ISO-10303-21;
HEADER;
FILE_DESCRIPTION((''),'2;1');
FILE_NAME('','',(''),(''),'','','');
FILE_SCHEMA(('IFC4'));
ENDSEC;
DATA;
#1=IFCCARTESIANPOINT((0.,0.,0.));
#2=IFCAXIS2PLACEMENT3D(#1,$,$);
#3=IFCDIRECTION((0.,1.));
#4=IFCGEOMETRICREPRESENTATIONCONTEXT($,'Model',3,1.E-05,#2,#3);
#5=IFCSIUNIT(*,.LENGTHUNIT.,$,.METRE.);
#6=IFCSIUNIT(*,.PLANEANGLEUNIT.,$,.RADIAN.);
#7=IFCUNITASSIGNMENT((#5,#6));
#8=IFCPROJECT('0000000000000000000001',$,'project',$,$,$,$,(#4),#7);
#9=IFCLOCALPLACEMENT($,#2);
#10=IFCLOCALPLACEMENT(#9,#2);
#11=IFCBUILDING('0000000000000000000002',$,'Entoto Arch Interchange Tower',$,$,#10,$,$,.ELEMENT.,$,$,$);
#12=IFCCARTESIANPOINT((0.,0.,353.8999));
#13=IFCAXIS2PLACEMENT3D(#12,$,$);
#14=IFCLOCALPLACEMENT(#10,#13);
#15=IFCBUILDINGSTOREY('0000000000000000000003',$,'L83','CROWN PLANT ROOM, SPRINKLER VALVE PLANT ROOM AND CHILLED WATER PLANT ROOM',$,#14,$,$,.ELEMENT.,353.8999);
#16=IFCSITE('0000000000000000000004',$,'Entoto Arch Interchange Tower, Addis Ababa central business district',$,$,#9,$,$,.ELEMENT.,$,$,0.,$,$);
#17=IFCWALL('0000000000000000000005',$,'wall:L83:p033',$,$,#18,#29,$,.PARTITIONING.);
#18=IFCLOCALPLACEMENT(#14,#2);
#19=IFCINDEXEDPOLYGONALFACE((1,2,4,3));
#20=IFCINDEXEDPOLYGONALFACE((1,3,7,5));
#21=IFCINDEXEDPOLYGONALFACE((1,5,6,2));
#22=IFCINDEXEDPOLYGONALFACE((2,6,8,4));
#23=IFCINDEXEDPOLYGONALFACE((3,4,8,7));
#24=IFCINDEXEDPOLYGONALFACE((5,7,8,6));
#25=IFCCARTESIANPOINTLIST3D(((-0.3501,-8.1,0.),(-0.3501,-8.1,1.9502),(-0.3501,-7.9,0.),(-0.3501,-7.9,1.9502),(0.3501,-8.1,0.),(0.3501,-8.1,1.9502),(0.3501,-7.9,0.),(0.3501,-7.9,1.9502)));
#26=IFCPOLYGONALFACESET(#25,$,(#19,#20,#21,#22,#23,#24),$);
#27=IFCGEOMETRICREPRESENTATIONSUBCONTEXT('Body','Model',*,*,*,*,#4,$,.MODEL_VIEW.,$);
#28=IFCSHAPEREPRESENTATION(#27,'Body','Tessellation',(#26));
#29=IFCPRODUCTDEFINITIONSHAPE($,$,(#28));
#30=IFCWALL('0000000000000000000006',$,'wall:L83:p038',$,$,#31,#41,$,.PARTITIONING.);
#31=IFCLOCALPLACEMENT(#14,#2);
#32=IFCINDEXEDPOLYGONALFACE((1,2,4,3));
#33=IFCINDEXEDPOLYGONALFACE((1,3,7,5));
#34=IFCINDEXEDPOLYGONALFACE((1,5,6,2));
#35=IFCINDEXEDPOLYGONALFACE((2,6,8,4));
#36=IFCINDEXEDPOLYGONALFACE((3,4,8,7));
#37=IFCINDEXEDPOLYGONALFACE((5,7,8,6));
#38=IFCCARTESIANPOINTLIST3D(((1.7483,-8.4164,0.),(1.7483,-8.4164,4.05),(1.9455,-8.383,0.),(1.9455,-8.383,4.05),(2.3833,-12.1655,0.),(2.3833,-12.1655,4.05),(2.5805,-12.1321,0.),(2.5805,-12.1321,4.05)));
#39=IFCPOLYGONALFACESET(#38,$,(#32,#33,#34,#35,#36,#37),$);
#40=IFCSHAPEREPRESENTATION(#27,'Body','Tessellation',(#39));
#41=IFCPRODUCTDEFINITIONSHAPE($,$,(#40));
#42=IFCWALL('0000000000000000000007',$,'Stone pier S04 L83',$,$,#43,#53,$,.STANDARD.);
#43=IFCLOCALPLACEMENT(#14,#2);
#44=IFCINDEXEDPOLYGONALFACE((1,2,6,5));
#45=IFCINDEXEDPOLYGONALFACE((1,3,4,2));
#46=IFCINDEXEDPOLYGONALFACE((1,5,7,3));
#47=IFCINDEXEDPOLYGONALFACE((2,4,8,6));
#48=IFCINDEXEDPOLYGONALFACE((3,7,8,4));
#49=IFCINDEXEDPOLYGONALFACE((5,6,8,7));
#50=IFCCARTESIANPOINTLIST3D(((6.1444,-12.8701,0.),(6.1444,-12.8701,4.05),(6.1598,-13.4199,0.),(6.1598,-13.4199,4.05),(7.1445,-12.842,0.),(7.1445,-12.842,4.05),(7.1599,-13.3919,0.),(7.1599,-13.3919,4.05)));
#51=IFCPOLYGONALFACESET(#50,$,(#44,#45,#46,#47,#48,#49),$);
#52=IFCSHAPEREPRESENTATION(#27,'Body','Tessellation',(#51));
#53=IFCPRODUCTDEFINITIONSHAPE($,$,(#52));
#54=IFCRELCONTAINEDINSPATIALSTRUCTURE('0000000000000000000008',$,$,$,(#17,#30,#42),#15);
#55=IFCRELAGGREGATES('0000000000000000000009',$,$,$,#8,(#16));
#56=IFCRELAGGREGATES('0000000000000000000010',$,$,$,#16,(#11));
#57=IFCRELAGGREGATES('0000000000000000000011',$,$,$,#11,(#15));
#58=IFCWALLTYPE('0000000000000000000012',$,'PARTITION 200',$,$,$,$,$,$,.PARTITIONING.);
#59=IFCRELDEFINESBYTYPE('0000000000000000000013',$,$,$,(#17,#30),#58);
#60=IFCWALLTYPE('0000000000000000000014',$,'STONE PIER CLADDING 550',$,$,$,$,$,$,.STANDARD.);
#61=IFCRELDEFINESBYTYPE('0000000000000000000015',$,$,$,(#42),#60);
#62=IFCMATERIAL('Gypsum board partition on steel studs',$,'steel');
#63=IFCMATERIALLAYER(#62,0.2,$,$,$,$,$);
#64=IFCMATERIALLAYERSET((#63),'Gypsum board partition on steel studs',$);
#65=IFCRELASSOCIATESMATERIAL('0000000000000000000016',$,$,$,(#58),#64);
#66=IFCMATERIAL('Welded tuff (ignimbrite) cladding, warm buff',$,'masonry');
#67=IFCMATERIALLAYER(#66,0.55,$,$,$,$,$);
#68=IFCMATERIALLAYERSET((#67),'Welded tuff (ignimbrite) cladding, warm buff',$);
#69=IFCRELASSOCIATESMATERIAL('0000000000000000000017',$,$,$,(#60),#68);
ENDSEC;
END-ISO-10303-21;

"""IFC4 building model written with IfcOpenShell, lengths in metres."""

from ifc_helpers import new_model, si_unit, direction, frame, frame_2d, origin, place, context, subcontext, project, spatial, rectangle, extrude, material, layer, layer_set, type_object, element, save


model = new_model("IFC4")

# Units and contexts
model_context = context("Model", 3, precision=1e-05, world=origin(), true_north=direction((0.0, 1.0)))
body_context = subcontext(model_context, "Body", "Model", "MODEL_VIEW")
ifc_project = project(units=[si_unit("LENGTHUNIT", "METRE"), si_unit("PLANEANGLEUNIT", "RADIAN")], contexts=[model_context])

# Site, building, storey
site_placement = place(None, origin())
site = spatial("IfcSite", under=ifc_project, at=site_placement, Name="Entoto Arch Interchange Tower, Addis Ababa central business district", CompositionType="ELEMENT", RefElevation=0.0)
building_placement = place(site_placement, origin())
building = spatial("IfcBuilding", under=site, at=building_placement, Name="Entoto Arch Interchange Tower", CompositionType="ELEMENT")
storey_placement = place(building_placement, frame((0.0, 0.0, 353.8999)))
storey = spatial("IfcBuildingStorey", under=building, at=storey_placement, Name="L83", Description="CROWN PLANT ROOM, SPRINKLER VALVE PLANT ROOM AND CHILLED WATER PLANT ROOM", CompositionType="ELEMENT", Elevation=353.8999)

# Shared definitions
ifc_material_1 = material(Name="Gypsum board partition on steel studs", Category="steel")
ifc_layer_1 = layer(ifc_material_1, 0.2)
ifc_layer_set_1 = layer_set([ifc_layer_1], Name="Gypsum board partition on steel studs")
wall_type_1 = type_object("IfcWallType", Name="PARTITION 200", PredefinedType="PARTITIONING", material=ifc_layer_set_1)

# Walls
wall_1_placement = place(storey_placement, frame((0.3501, -8.0, 0.0), z_axis=(0.0, 0.0, 1.0), x_axis=(-1.0, 0.0, 0.0)))
element("IfcWall", 1, at=wall_1_placement, inside=storey, type_object=wall_type_1, Name="wall:L83:p033", PredefinedType="PARTITIONING", context=body_context, shape_type="SweptSolid", body=[
    extrude(rectangle(XDim=0.7002, YDim=0.2, at=frame_2d((0.3501, 0.0))), origin(), (0.0, 0.0, 1.0), 1.9502),
])
wall_2_placement = place(storey_placement, frame((2.4819, -12.1489, 0.0), z_axis=(0.0, 0.0, 1.0), x_axis=(-0.167001, 0.985957, 0.0)))
element("IfcWall", 2, at=wall_2_placement, inside=storey, type_object=wall_type_1, Name="wall:L83:p038", PredefinedType="PARTITIONING", context=body_context, shape_type="SweptSolid", body=[
    extrude(rectangle(XDim=3.8025, YDim=0.2, at=frame_2d((1.9014, 0.0))), origin(), (0.0, 0.0, 1.0), 4.05),
])
ifc_material_2 = material(Name="Welded tuff (ignimbrite) cladding, warm buff", Category="masonry")
ifc_layer_2 = layer(ifc_material_2, 0.55)
ifc_layer_set_2 = layer_set([ifc_layer_2], Name="Welded tuff (ignimbrite) cladding, warm buff")
wall_type_2 = type_object("IfcWallType", Name="STONE PIER CLADDING 550", PredefinedType="STANDARD", material=ifc_layer_set_2)
wall_3_placement = place(storey_placement, frame((6.1521, -13.145, 0.0), z_axis=(0.0, 0.0, 1.0), x_axis=(0.999606, 0.028065, 0.0)))
element("IfcWall", 3, at=wall_3_placement, inside=storey, type_object=wall_type_2, Name="Stone pier S04 L83", PredefinedType="STANDARD", context=body_context, shape_type="SweptSolid", body=[
    extrude(rectangle(XDim=1.0005, YDim=0.55, at=frame_2d((0.5002, 0.0))), origin(), (0.0, 0.0, 1.0), 4.05),
])

save(model, "model.ifc")
